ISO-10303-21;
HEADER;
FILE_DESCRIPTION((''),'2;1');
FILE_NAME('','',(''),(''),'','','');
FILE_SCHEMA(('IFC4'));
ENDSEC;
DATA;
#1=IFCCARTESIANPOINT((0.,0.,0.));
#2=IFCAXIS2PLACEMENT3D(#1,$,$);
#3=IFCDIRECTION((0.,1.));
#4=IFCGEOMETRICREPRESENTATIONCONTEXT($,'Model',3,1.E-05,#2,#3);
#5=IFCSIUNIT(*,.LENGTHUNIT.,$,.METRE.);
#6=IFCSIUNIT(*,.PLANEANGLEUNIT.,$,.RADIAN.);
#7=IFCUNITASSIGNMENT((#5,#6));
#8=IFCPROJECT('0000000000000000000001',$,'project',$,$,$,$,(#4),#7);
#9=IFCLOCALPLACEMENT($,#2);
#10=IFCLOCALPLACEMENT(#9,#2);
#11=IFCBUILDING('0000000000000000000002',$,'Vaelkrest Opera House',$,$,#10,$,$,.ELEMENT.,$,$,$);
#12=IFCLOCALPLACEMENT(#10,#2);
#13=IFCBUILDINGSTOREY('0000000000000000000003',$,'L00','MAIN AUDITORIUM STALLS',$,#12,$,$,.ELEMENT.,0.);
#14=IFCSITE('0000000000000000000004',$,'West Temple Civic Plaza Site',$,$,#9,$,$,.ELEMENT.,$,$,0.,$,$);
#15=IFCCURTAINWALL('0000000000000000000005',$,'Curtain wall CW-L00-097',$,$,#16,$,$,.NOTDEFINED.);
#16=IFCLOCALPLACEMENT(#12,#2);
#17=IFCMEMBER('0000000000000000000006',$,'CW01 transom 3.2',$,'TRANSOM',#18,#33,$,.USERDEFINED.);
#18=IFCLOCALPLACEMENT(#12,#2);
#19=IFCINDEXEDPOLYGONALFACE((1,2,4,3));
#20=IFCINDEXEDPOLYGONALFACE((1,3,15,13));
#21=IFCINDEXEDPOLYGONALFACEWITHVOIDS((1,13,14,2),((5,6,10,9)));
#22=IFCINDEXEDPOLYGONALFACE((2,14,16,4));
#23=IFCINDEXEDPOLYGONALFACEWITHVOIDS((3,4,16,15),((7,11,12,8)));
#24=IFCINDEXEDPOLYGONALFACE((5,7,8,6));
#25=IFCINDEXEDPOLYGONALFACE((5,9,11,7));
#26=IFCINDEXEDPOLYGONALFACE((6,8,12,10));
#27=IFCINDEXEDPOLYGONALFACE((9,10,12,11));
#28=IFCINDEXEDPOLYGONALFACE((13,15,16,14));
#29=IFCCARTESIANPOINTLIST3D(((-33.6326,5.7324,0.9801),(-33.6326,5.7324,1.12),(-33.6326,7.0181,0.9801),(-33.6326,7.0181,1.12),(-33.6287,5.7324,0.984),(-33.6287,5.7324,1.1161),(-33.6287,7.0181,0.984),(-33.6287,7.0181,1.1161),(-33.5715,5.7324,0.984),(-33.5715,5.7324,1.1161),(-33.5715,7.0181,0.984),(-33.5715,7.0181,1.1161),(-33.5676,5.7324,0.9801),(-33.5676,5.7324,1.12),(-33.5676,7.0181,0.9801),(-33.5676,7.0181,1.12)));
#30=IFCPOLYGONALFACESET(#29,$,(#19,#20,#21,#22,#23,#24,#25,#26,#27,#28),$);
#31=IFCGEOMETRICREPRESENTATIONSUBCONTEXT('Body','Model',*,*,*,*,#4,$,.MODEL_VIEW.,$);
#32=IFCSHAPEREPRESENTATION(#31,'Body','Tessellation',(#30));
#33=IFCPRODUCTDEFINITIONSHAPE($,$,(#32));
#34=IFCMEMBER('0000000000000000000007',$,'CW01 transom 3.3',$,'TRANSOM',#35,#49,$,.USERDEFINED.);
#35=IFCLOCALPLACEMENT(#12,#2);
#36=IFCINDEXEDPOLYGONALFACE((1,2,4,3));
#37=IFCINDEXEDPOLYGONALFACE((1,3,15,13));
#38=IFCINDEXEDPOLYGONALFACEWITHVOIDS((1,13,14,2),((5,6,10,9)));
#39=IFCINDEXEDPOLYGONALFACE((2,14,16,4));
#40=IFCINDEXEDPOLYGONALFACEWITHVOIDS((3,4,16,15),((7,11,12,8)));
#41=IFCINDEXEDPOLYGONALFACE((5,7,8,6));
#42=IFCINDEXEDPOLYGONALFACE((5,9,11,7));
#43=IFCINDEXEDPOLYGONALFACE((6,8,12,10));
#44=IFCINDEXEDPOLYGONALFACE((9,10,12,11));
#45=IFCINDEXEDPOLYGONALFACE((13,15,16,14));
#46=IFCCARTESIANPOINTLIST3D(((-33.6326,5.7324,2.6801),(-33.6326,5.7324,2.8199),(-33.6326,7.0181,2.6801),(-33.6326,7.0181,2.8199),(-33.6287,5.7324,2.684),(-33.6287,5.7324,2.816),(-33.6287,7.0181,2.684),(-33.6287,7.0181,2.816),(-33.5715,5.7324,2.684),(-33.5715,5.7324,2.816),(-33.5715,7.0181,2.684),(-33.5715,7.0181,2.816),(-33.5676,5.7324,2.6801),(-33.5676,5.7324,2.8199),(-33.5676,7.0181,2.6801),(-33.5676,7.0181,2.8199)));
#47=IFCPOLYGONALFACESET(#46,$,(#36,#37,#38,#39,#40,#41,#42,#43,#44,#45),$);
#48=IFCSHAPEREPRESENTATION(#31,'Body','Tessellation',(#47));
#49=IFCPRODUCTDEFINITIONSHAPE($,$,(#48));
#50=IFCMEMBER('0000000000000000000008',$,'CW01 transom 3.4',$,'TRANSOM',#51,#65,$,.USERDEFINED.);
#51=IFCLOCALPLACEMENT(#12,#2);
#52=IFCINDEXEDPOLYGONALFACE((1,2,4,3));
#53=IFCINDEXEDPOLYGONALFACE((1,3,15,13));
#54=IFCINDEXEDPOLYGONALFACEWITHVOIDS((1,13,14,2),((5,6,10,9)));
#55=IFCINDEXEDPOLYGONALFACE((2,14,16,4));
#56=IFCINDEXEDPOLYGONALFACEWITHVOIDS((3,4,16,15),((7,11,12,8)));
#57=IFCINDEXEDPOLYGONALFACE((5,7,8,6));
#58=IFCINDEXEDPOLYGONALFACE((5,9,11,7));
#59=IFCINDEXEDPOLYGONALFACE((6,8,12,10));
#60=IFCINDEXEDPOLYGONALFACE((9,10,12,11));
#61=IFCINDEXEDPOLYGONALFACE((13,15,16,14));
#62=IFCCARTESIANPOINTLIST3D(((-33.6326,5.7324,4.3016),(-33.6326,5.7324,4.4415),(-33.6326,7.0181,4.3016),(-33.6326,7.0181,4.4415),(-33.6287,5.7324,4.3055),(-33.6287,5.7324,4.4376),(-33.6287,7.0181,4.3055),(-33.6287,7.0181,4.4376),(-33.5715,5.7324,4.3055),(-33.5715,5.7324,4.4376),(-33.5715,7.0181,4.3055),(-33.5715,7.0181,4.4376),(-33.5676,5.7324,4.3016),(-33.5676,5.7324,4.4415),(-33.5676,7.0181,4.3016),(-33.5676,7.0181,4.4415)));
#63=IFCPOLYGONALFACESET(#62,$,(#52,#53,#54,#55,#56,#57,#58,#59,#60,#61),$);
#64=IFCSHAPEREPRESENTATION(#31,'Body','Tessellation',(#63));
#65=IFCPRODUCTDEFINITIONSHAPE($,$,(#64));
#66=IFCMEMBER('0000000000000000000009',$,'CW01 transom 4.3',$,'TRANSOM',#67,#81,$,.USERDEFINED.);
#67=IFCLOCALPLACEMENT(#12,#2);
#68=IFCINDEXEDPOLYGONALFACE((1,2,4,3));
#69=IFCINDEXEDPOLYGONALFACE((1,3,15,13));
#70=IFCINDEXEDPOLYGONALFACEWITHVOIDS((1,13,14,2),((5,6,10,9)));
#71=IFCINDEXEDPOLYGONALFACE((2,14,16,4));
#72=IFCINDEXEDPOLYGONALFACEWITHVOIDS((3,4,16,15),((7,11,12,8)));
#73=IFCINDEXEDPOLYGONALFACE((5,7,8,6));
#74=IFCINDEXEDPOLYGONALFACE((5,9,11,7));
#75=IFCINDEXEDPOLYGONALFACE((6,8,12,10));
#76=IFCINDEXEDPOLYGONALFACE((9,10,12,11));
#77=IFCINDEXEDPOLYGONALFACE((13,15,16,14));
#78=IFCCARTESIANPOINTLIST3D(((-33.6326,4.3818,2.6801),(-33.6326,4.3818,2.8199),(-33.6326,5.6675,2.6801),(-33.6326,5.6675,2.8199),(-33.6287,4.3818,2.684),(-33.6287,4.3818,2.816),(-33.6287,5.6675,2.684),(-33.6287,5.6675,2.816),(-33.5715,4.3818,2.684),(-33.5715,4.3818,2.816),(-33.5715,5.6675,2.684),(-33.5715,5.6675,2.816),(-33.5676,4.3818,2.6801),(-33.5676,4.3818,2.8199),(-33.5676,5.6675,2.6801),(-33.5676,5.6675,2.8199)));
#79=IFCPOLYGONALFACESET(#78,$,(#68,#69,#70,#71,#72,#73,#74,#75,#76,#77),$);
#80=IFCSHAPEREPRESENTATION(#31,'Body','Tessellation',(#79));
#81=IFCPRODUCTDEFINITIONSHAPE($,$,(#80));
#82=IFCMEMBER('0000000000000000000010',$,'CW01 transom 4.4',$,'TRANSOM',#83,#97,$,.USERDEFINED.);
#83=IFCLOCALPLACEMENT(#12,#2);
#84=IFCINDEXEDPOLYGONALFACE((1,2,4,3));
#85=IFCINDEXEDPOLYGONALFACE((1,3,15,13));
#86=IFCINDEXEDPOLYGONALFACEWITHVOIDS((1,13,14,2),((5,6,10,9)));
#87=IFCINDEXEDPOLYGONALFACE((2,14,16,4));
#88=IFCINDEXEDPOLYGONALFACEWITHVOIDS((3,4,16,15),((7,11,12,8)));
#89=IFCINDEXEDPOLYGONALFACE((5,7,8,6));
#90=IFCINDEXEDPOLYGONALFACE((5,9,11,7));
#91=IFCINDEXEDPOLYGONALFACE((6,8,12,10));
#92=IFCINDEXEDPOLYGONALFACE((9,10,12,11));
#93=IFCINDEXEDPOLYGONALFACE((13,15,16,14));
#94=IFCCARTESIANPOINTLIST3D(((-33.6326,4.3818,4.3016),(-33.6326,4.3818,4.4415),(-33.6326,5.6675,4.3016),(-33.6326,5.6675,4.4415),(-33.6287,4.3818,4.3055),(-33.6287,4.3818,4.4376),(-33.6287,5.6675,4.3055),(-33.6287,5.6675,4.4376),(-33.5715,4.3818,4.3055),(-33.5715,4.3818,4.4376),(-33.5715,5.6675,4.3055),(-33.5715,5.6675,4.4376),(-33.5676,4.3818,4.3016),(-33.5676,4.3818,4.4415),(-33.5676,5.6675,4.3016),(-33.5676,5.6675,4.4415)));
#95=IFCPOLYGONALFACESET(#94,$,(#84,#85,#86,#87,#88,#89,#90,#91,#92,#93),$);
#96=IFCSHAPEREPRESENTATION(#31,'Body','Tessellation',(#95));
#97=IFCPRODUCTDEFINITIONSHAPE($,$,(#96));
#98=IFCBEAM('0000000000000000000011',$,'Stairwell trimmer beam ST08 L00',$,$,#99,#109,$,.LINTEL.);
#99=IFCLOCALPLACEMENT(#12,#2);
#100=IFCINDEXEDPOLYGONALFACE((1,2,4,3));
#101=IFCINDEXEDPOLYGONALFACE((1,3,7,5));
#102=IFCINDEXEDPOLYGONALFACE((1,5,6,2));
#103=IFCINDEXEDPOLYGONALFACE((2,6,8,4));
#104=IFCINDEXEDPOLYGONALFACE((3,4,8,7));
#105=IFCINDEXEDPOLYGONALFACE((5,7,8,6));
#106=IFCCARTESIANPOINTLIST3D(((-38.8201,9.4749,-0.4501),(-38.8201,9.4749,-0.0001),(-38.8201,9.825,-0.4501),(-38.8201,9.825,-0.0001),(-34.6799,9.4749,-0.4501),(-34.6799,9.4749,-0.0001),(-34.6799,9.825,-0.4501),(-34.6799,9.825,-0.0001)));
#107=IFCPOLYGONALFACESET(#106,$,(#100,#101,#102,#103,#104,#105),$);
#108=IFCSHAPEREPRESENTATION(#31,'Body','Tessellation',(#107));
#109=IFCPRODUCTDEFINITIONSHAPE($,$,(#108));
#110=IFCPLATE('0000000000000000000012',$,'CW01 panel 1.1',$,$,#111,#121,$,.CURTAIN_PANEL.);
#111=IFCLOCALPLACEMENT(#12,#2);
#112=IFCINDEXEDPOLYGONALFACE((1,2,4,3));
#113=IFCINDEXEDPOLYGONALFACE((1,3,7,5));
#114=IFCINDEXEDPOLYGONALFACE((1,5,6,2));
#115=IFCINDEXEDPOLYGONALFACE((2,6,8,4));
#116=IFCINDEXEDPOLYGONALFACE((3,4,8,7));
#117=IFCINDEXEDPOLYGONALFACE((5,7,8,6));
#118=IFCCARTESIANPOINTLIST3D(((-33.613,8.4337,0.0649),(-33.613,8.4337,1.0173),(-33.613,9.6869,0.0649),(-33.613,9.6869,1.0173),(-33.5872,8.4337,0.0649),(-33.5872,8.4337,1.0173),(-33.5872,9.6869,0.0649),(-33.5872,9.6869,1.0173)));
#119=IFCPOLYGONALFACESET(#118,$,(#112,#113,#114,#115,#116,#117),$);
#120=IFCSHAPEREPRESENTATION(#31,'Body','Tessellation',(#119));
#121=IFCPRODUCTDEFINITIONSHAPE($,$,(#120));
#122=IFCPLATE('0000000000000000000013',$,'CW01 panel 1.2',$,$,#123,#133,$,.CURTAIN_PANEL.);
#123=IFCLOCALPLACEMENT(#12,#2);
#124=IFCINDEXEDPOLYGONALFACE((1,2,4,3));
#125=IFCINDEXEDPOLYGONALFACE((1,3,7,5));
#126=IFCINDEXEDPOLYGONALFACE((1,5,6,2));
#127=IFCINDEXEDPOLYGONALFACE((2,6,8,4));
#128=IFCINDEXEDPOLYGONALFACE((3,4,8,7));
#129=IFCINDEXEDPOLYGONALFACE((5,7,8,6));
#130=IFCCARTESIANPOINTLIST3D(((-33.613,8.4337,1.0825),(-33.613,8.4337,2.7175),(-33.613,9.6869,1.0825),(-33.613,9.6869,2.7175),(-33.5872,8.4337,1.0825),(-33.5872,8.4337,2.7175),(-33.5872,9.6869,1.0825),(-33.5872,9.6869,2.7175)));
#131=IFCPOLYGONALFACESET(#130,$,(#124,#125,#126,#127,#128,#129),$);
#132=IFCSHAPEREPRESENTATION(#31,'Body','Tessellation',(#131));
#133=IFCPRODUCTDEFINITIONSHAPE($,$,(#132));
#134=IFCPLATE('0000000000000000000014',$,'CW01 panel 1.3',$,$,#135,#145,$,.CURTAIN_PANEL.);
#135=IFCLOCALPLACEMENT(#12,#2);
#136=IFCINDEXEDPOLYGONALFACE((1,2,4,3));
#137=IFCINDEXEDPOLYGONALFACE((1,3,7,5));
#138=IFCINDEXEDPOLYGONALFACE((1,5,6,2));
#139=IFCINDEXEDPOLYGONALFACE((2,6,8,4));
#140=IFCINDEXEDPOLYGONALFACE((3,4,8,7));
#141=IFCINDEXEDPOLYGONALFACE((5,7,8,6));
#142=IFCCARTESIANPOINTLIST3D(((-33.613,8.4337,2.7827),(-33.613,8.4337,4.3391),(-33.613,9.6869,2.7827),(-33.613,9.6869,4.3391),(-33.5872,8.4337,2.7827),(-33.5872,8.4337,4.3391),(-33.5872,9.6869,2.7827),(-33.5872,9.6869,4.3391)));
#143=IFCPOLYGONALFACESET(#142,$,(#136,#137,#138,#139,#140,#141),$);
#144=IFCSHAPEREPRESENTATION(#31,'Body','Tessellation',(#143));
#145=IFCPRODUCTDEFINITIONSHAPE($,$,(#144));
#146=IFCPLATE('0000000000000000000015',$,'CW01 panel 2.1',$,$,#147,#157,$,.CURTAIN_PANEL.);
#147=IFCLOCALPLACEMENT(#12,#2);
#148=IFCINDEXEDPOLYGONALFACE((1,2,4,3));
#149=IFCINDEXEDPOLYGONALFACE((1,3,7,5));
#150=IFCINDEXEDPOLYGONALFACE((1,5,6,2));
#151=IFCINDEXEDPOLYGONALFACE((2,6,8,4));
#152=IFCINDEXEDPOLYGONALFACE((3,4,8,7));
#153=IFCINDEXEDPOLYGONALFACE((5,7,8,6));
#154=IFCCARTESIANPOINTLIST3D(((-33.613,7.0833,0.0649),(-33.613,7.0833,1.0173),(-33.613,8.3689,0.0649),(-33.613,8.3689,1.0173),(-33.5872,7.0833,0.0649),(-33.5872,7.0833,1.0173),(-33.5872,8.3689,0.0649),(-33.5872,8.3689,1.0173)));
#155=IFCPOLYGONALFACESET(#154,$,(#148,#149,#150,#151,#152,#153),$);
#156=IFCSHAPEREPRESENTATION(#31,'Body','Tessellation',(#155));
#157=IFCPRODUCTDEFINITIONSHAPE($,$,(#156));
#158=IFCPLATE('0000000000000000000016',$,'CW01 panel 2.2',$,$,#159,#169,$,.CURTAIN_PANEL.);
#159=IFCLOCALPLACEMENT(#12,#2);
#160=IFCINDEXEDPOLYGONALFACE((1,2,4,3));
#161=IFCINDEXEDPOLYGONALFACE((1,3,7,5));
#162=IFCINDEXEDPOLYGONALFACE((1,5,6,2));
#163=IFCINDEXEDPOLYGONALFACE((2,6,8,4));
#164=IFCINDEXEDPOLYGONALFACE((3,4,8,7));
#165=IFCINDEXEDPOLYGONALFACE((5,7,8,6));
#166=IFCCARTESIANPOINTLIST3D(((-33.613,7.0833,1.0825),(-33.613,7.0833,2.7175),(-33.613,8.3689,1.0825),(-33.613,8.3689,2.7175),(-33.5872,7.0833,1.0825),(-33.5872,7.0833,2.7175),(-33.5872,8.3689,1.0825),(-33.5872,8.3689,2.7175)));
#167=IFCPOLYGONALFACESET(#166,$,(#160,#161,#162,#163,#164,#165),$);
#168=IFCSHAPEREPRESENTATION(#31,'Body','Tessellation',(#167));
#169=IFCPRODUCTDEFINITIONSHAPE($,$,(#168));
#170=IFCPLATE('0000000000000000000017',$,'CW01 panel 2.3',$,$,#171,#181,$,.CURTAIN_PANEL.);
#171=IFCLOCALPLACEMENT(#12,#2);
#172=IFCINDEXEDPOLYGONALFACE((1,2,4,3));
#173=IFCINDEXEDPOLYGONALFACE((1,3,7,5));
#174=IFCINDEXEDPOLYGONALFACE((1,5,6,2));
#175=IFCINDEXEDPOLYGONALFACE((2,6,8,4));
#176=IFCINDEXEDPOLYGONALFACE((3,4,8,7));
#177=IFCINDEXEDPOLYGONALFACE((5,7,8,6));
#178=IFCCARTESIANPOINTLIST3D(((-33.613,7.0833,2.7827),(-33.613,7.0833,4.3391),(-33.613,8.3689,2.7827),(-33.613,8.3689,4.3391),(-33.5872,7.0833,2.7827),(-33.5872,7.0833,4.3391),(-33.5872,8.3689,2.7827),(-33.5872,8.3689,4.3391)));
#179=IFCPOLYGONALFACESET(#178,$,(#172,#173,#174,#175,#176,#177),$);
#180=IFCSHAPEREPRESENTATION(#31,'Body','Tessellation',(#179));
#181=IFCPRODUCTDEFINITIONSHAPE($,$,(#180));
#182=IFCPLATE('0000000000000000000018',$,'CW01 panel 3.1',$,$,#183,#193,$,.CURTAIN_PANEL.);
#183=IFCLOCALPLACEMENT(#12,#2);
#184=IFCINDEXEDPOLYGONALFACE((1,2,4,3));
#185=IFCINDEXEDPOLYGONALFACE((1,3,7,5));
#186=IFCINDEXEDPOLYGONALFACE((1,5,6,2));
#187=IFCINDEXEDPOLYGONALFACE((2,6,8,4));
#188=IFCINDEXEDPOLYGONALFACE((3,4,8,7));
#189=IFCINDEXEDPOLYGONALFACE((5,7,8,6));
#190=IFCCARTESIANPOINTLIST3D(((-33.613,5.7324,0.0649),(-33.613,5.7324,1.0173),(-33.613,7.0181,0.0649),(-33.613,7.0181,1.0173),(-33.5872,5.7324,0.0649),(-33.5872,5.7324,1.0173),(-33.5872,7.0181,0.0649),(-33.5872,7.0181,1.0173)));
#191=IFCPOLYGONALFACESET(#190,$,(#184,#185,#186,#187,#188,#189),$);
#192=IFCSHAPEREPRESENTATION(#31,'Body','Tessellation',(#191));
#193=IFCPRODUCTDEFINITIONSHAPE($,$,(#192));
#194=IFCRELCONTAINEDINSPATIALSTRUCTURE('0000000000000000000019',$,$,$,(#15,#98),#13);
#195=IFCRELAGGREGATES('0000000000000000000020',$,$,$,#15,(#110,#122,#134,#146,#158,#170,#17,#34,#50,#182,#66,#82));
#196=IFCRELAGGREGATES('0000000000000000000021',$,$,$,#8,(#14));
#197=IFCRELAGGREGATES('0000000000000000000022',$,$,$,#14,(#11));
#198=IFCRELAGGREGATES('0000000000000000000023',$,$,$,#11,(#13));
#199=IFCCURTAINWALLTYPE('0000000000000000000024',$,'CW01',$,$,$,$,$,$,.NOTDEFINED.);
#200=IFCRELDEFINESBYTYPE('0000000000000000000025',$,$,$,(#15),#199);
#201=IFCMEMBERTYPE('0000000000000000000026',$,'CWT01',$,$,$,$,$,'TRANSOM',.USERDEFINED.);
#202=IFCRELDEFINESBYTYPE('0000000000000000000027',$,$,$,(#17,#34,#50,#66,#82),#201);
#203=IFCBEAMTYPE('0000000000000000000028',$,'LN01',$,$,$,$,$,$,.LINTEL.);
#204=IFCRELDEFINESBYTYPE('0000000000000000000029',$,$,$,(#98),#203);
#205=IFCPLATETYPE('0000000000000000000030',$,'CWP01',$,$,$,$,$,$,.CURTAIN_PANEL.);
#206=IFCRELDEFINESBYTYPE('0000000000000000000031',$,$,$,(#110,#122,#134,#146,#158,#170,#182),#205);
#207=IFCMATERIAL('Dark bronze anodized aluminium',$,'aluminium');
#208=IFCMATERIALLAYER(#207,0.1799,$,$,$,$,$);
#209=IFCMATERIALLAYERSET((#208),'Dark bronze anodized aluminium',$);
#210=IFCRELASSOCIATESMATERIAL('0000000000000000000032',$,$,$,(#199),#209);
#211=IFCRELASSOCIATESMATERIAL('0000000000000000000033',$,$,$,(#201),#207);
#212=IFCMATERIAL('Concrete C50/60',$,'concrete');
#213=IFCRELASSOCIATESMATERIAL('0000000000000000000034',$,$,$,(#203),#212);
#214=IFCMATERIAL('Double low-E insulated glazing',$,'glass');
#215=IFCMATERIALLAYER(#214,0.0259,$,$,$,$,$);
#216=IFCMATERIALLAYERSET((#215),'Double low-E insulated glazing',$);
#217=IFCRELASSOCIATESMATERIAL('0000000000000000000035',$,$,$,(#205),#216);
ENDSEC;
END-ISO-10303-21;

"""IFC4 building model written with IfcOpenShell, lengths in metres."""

from ifc_helpers import new_model, si_unit, direction, frame, origin, origin_2d, place, context, subcontext, project, spatial, rectangle, hollow_rectangle, extrude, material, layer, layer_set, material_profile, profile_set, type_object, element, aggregate, save


model = new_model("IFC4")

# Units and contexts
model_context = context("Model", 3, precision=1e-05, world=origin(), true_north=direction((0.0, 1.0)))
body_context = subcontext(model_context, "Body", "Model", "MODEL_VIEW")
ifc_project = project(units=[si_unit("LENGTHUNIT", "METRE"), si_unit("PLANEANGLEUNIT", "RADIAN")], contexts=[model_context])

# Site, building, storey
site_placement = place(None, origin())
site = spatial("IfcSite", under=ifc_project, at=site_placement, Name="West Temple Civic Plaza Site", CompositionType="ELEMENT", RefElevation=0.0)
building_placement = place(site_placement, origin())
building = spatial("IfcBuilding", under=site, at=building_placement, Name="Vaelkrest Opera House", CompositionType="ELEMENT")
storey_placement = place(building_placement, origin())
storey = spatial("IfcBuildingStorey", under=building, at=storey_placement, Name="L00", Description="MAIN AUDITORIUM STALLS", CompositionType="ELEMENT", Elevation=0.0)

# Curtain wall, members
ifc_material_1 = material(Name="Dark bronze anodized aluminium", Category="aluminium")
ifc_layer_1 = layer(ifc_material_1, 0.1799)
ifc_layer_set_1 = layer_set([ifc_layer_1], Name="Dark bronze anodized aluminium")
curtain_wall_type = type_object("IfcCurtainWallType", Name="CW01", PredefinedType="NOTDEFINED", material=ifc_layer_set_1)
curtain_wall_placement = place(storey_placement, origin())
curtain_wall = element("IfcCurtainWall", 1, at=curtain_wall_placement, inside=storey, type_object=curtain_wall_type, Name="Curtain wall CW-L00-097", PredefinedType="NOTDEFINED")
ifc_material_profile_1 = material_profile(ifc_material_1, hollow_rectangle(XDim=0.0649, YDim=0.1399, WallThickness=0.0039, at=origin_2d()), Name="CWT65X140")
ifc_profile_set_1 = profile_set([ifc_material_profile_1], Name="Dark bronze anodized aluminium")
member_type_1 = type_object("IfcMemberType", Name="CWT01", ElementType="TRANSOM", PredefinedType="USERDEFINED", material=ifc_profile_set_1)
member_1_placement = place(storey_placement, frame((-33.6001, 7.0181, 1.05), z_axis=(0.0, -1.0, 0.0), x_axis=(1.0, 0.0, 0.0)))
member_1 = element("IfcMember", 2, at=member_1_placement, type_object=member_type_1, Name="CW01 transom 3.2", ObjectType="TRANSOM", PredefinedType="USERDEFINED", context=body_context, shape_type="SweptSolid", body=[
    extrude(hollow_rectangle(XDim=0.0649, YDim=0.1399, WallThickness=0.0039, at=origin_2d()), origin(), (0.0, 0.0, 1.0), 1.2856),
])
member_2_placement = place(storey_placement, frame((-33.6001, 7.0181, 2.75), z_axis=(0.0, -1.0, 0.0), x_axis=(1.0, 0.0, 0.0)))
member_2 = element("IfcMember", 3, at=member_2_placement, type_object=member_type_1, Name="CW01 transom 3.3", ObjectType="TRANSOM", PredefinedType="USERDEFINED", context=body_context, shape_type="SweptSolid", body=[
    extrude(hollow_rectangle(XDim=0.0649, YDim=0.1399, WallThickness=0.0039, at=origin_2d()), origin(), (0.0, 0.0, 1.0), 1.2856),
])
member_3_placement = place(storey_placement, frame((-33.6001, 7.0181, 4.3716), z_axis=(0.0, -1.0, 0.0), x_axis=(1.0, 0.0, 0.0)))
member_3 = element("IfcMember", 4, at=member_3_placement, type_object=member_type_1, Name="CW01 transom 3.4", ObjectType="TRANSOM", PredefinedType="USERDEFINED", context=body_context, shape_type="SweptSolid", body=[
    extrude(hollow_rectangle(XDim=0.0649, YDim=0.1399, WallThickness=0.0039, at=origin_2d()), origin(), (0.0, 0.0, 1.0), 1.2856),
])
member_4_placement = place(storey_placement, frame((-33.6001, 5.6675, 2.75), z_axis=(0.0, -1.0, 0.0), x_axis=(1.0, 0.0, 0.0)))
member_4 = element("IfcMember", 5, at=member_4_placement, type_object=member_type_1, Name="CW01 transom 4.3", ObjectType="TRANSOM", PredefinedType="USERDEFINED", context=body_context, shape_type="SweptSolid", body=[
    extrude(hollow_rectangle(XDim=0.0649, YDim=0.1399, WallThickness=0.0039, at=origin_2d()), origin(), (0.0, 0.0, 1.0), 1.2856),
])
member_5_placement = place(storey_placement, frame((-33.6001, 5.6675, 4.3716), z_axis=(0.0, -1.0, 0.0), x_axis=(1.0, 0.0, 0.0)))
member_5 = element("IfcMember", 6, at=member_5_placement, type_object=member_type_1, Name="CW01 transom 4.4", ObjectType="TRANSOM", PredefinedType="USERDEFINED", context=body_context, shape_type="SweptSolid", body=[
    extrude(hollow_rectangle(XDim=0.0649, YDim=0.1399, WallThickness=0.0039, at=origin_2d()), origin(), (0.0, 0.0, 1.0), 1.2856),
])

# Beam
ifc_material_2 = material(Name="Concrete C50/60", Category="concrete")
ifc_material_profile_2 = material_profile(ifc_material_2, rectangle(XDim=0.3501, YDim=0.45, at=origin_2d()), Name="RCB350X450")
ifc_profile_set_2 = profile_set([ifc_material_profile_2], Name="Concrete C50/60")
beam_type = type_object("IfcBeamType", Name="LN01", PredefinedType="LINTEL", material=ifc_profile_set_2)
beam_placement = place(storey_placement, frame((-38.8201, 9.6499, -0.2251), z_axis=(1.0, 0.0, 0.0), x_axis=(0.0, 1.0, 0.0)))
element("IfcBeam", 7, at=beam_placement, inside=storey, type_object=beam_type, Name="Stairwell trimmer beam ST08 L00", PredefinedType="LINTEL", context=body_context, shape_type="SweptSolid", body=[
    extrude(rectangle(XDim=0.3501, YDim=0.45, at=origin_2d()), origin(), (0.0, 0.0, 1.0), 4.1401),
])

# Plates
ifc_material_3 = material(Name="Double low-E insulated glazing", Category="glass")
ifc_layer_2 = layer(ifc_material_3, 0.0259)
ifc_layer_set_2 = layer_set([ifc_layer_2], Name="Double low-E insulated glazing")
plate_type = type_object("IfcPlateType", Name="CWP01", PredefinedType="CURTAIN_PANEL", material=ifc_layer_set_2)
plate_1_placement = place(storey_placement, frame((-33.6001, 9.0603, 0.0649), z_axis=(0.0, 0.0, 1.0), x_axis=(0.0, -1.0, 0.0)))
plate_1 = element("IfcPlate", 8, at=plate_1_placement, type_object=plate_type, Name="CW01 panel 1.1", PredefinedType="CURTAIN_PANEL", context=body_context, shape_type="SweptSolid", body=[
    extrude(rectangle(XDim=1.2532, YDim=0.0259, at=origin_2d()), origin(), (0.0, 0.0, 1.0), 0.9524),
])
plate_2_placement = place(storey_placement, frame((-33.6001, 9.0603, 1.0825), z_axis=(0.0, 0.0, 1.0), x_axis=(0.0, -1.0, 0.0)))
plate_2 = element("IfcPlate", 9, at=plate_2_placement, type_object=plate_type, Name="CW01 panel 1.2", PredefinedType="CURTAIN_PANEL", context=body_context, shape_type="SweptSolid", body=[
    extrude(rectangle(XDim=1.2532, YDim=0.0259, at=origin_2d()), origin(), (0.0, 0.0, 1.0), 1.635),
])
plate_3_placement = place(storey_placement, frame((-33.6001, 9.0603, 2.7827), z_axis=(0.0, 0.0, 1.0), x_axis=(0.0, -1.0, 0.0)))
plate_3 = element("IfcPlate", 10, at=plate_3_placement, type_object=plate_type, Name="CW01 panel 1.3", PredefinedType="CURTAIN_PANEL", context=body_context, shape_type="SweptSolid", body=[
    extrude(rectangle(XDim=1.2532, YDim=0.0259, at=origin_2d()), origin(), (0.0, 0.0, 1.0), 1.5564),
])
plate_4_placement = place(storey_placement, frame((-33.6001, 7.7261, 0.0649), z_axis=(0.0, 0.0, 1.0), x_axis=(0.0, -1.0, 0.0)))
plate_4 = element("IfcPlate", 11, at=plate_4_placement, type_object=plate_type, Name="CW01 panel 2.1", PredefinedType="CURTAIN_PANEL", context=body_context, shape_type="SweptSolid", body=[
    extrude(rectangle(XDim=1.2856, YDim=0.0259, at=origin_2d()), origin(), (0.0, 0.0, 1.0), 0.9524),
])
plate_5_placement = place(storey_placement, frame((-33.6001, 7.7261, 1.0825), z_axis=(0.0, 0.0, 1.0), x_axis=(0.0, -1.0, 0.0)))
plate_5 = element("IfcPlate", 12, at=plate_5_placement, type_object=plate_type, Name="CW01 panel 2.2", PredefinedType="CURTAIN_PANEL", context=body_context, shape_type="SweptSolid", body=[
    extrude(rectangle(XDim=1.2856, YDim=0.0259, at=origin_2d()), origin(), (0.0, 0.0, 1.0), 1.635),
])
plate_6_placement = place(storey_placement, frame((-33.6001, 7.7261, 2.7827), z_axis=(0.0, 0.0, 1.0), x_axis=(0.0, -1.0, 0.0)))
plate_6 = element("IfcPlate", 13, at=plate_6_placement, type_object=plate_type, Name="CW01 panel 2.3", PredefinedType="CURTAIN_PANEL", context=body_context, shape_type="SweptSolid", body=[
    extrude(rectangle(XDim=1.2856, YDim=0.0259, at=origin_2d()), origin(), (0.0, 0.0, 1.0), 1.5564),
])
plate_7_placement = place(storey_placement, frame((-33.6001, 6.3752, 0.0649), z_axis=(0.0, 0.0, 1.0), x_axis=(0.0, -1.0, 0.0)))
plate_7 = element("IfcPlate", 14, at=plate_7_placement, type_object=plate_type, Name="CW01 panel 3.1", PredefinedType="CURTAIN_PANEL", context=body_context, shape_type="SweptSolid", body=[
    extrude(rectangle(XDim=1.2856, YDim=0.0259, at=origin_2d()), origin(), (0.0, 0.0, 1.0), 0.9524),
])
aggregate(curtain_wall, [plate_1, plate_2, plate_3, plate_4, plate_5, plate_6, member_1, member_2, member_3, plate_7, member_4, member_5])

save(model, "model.ifc")
